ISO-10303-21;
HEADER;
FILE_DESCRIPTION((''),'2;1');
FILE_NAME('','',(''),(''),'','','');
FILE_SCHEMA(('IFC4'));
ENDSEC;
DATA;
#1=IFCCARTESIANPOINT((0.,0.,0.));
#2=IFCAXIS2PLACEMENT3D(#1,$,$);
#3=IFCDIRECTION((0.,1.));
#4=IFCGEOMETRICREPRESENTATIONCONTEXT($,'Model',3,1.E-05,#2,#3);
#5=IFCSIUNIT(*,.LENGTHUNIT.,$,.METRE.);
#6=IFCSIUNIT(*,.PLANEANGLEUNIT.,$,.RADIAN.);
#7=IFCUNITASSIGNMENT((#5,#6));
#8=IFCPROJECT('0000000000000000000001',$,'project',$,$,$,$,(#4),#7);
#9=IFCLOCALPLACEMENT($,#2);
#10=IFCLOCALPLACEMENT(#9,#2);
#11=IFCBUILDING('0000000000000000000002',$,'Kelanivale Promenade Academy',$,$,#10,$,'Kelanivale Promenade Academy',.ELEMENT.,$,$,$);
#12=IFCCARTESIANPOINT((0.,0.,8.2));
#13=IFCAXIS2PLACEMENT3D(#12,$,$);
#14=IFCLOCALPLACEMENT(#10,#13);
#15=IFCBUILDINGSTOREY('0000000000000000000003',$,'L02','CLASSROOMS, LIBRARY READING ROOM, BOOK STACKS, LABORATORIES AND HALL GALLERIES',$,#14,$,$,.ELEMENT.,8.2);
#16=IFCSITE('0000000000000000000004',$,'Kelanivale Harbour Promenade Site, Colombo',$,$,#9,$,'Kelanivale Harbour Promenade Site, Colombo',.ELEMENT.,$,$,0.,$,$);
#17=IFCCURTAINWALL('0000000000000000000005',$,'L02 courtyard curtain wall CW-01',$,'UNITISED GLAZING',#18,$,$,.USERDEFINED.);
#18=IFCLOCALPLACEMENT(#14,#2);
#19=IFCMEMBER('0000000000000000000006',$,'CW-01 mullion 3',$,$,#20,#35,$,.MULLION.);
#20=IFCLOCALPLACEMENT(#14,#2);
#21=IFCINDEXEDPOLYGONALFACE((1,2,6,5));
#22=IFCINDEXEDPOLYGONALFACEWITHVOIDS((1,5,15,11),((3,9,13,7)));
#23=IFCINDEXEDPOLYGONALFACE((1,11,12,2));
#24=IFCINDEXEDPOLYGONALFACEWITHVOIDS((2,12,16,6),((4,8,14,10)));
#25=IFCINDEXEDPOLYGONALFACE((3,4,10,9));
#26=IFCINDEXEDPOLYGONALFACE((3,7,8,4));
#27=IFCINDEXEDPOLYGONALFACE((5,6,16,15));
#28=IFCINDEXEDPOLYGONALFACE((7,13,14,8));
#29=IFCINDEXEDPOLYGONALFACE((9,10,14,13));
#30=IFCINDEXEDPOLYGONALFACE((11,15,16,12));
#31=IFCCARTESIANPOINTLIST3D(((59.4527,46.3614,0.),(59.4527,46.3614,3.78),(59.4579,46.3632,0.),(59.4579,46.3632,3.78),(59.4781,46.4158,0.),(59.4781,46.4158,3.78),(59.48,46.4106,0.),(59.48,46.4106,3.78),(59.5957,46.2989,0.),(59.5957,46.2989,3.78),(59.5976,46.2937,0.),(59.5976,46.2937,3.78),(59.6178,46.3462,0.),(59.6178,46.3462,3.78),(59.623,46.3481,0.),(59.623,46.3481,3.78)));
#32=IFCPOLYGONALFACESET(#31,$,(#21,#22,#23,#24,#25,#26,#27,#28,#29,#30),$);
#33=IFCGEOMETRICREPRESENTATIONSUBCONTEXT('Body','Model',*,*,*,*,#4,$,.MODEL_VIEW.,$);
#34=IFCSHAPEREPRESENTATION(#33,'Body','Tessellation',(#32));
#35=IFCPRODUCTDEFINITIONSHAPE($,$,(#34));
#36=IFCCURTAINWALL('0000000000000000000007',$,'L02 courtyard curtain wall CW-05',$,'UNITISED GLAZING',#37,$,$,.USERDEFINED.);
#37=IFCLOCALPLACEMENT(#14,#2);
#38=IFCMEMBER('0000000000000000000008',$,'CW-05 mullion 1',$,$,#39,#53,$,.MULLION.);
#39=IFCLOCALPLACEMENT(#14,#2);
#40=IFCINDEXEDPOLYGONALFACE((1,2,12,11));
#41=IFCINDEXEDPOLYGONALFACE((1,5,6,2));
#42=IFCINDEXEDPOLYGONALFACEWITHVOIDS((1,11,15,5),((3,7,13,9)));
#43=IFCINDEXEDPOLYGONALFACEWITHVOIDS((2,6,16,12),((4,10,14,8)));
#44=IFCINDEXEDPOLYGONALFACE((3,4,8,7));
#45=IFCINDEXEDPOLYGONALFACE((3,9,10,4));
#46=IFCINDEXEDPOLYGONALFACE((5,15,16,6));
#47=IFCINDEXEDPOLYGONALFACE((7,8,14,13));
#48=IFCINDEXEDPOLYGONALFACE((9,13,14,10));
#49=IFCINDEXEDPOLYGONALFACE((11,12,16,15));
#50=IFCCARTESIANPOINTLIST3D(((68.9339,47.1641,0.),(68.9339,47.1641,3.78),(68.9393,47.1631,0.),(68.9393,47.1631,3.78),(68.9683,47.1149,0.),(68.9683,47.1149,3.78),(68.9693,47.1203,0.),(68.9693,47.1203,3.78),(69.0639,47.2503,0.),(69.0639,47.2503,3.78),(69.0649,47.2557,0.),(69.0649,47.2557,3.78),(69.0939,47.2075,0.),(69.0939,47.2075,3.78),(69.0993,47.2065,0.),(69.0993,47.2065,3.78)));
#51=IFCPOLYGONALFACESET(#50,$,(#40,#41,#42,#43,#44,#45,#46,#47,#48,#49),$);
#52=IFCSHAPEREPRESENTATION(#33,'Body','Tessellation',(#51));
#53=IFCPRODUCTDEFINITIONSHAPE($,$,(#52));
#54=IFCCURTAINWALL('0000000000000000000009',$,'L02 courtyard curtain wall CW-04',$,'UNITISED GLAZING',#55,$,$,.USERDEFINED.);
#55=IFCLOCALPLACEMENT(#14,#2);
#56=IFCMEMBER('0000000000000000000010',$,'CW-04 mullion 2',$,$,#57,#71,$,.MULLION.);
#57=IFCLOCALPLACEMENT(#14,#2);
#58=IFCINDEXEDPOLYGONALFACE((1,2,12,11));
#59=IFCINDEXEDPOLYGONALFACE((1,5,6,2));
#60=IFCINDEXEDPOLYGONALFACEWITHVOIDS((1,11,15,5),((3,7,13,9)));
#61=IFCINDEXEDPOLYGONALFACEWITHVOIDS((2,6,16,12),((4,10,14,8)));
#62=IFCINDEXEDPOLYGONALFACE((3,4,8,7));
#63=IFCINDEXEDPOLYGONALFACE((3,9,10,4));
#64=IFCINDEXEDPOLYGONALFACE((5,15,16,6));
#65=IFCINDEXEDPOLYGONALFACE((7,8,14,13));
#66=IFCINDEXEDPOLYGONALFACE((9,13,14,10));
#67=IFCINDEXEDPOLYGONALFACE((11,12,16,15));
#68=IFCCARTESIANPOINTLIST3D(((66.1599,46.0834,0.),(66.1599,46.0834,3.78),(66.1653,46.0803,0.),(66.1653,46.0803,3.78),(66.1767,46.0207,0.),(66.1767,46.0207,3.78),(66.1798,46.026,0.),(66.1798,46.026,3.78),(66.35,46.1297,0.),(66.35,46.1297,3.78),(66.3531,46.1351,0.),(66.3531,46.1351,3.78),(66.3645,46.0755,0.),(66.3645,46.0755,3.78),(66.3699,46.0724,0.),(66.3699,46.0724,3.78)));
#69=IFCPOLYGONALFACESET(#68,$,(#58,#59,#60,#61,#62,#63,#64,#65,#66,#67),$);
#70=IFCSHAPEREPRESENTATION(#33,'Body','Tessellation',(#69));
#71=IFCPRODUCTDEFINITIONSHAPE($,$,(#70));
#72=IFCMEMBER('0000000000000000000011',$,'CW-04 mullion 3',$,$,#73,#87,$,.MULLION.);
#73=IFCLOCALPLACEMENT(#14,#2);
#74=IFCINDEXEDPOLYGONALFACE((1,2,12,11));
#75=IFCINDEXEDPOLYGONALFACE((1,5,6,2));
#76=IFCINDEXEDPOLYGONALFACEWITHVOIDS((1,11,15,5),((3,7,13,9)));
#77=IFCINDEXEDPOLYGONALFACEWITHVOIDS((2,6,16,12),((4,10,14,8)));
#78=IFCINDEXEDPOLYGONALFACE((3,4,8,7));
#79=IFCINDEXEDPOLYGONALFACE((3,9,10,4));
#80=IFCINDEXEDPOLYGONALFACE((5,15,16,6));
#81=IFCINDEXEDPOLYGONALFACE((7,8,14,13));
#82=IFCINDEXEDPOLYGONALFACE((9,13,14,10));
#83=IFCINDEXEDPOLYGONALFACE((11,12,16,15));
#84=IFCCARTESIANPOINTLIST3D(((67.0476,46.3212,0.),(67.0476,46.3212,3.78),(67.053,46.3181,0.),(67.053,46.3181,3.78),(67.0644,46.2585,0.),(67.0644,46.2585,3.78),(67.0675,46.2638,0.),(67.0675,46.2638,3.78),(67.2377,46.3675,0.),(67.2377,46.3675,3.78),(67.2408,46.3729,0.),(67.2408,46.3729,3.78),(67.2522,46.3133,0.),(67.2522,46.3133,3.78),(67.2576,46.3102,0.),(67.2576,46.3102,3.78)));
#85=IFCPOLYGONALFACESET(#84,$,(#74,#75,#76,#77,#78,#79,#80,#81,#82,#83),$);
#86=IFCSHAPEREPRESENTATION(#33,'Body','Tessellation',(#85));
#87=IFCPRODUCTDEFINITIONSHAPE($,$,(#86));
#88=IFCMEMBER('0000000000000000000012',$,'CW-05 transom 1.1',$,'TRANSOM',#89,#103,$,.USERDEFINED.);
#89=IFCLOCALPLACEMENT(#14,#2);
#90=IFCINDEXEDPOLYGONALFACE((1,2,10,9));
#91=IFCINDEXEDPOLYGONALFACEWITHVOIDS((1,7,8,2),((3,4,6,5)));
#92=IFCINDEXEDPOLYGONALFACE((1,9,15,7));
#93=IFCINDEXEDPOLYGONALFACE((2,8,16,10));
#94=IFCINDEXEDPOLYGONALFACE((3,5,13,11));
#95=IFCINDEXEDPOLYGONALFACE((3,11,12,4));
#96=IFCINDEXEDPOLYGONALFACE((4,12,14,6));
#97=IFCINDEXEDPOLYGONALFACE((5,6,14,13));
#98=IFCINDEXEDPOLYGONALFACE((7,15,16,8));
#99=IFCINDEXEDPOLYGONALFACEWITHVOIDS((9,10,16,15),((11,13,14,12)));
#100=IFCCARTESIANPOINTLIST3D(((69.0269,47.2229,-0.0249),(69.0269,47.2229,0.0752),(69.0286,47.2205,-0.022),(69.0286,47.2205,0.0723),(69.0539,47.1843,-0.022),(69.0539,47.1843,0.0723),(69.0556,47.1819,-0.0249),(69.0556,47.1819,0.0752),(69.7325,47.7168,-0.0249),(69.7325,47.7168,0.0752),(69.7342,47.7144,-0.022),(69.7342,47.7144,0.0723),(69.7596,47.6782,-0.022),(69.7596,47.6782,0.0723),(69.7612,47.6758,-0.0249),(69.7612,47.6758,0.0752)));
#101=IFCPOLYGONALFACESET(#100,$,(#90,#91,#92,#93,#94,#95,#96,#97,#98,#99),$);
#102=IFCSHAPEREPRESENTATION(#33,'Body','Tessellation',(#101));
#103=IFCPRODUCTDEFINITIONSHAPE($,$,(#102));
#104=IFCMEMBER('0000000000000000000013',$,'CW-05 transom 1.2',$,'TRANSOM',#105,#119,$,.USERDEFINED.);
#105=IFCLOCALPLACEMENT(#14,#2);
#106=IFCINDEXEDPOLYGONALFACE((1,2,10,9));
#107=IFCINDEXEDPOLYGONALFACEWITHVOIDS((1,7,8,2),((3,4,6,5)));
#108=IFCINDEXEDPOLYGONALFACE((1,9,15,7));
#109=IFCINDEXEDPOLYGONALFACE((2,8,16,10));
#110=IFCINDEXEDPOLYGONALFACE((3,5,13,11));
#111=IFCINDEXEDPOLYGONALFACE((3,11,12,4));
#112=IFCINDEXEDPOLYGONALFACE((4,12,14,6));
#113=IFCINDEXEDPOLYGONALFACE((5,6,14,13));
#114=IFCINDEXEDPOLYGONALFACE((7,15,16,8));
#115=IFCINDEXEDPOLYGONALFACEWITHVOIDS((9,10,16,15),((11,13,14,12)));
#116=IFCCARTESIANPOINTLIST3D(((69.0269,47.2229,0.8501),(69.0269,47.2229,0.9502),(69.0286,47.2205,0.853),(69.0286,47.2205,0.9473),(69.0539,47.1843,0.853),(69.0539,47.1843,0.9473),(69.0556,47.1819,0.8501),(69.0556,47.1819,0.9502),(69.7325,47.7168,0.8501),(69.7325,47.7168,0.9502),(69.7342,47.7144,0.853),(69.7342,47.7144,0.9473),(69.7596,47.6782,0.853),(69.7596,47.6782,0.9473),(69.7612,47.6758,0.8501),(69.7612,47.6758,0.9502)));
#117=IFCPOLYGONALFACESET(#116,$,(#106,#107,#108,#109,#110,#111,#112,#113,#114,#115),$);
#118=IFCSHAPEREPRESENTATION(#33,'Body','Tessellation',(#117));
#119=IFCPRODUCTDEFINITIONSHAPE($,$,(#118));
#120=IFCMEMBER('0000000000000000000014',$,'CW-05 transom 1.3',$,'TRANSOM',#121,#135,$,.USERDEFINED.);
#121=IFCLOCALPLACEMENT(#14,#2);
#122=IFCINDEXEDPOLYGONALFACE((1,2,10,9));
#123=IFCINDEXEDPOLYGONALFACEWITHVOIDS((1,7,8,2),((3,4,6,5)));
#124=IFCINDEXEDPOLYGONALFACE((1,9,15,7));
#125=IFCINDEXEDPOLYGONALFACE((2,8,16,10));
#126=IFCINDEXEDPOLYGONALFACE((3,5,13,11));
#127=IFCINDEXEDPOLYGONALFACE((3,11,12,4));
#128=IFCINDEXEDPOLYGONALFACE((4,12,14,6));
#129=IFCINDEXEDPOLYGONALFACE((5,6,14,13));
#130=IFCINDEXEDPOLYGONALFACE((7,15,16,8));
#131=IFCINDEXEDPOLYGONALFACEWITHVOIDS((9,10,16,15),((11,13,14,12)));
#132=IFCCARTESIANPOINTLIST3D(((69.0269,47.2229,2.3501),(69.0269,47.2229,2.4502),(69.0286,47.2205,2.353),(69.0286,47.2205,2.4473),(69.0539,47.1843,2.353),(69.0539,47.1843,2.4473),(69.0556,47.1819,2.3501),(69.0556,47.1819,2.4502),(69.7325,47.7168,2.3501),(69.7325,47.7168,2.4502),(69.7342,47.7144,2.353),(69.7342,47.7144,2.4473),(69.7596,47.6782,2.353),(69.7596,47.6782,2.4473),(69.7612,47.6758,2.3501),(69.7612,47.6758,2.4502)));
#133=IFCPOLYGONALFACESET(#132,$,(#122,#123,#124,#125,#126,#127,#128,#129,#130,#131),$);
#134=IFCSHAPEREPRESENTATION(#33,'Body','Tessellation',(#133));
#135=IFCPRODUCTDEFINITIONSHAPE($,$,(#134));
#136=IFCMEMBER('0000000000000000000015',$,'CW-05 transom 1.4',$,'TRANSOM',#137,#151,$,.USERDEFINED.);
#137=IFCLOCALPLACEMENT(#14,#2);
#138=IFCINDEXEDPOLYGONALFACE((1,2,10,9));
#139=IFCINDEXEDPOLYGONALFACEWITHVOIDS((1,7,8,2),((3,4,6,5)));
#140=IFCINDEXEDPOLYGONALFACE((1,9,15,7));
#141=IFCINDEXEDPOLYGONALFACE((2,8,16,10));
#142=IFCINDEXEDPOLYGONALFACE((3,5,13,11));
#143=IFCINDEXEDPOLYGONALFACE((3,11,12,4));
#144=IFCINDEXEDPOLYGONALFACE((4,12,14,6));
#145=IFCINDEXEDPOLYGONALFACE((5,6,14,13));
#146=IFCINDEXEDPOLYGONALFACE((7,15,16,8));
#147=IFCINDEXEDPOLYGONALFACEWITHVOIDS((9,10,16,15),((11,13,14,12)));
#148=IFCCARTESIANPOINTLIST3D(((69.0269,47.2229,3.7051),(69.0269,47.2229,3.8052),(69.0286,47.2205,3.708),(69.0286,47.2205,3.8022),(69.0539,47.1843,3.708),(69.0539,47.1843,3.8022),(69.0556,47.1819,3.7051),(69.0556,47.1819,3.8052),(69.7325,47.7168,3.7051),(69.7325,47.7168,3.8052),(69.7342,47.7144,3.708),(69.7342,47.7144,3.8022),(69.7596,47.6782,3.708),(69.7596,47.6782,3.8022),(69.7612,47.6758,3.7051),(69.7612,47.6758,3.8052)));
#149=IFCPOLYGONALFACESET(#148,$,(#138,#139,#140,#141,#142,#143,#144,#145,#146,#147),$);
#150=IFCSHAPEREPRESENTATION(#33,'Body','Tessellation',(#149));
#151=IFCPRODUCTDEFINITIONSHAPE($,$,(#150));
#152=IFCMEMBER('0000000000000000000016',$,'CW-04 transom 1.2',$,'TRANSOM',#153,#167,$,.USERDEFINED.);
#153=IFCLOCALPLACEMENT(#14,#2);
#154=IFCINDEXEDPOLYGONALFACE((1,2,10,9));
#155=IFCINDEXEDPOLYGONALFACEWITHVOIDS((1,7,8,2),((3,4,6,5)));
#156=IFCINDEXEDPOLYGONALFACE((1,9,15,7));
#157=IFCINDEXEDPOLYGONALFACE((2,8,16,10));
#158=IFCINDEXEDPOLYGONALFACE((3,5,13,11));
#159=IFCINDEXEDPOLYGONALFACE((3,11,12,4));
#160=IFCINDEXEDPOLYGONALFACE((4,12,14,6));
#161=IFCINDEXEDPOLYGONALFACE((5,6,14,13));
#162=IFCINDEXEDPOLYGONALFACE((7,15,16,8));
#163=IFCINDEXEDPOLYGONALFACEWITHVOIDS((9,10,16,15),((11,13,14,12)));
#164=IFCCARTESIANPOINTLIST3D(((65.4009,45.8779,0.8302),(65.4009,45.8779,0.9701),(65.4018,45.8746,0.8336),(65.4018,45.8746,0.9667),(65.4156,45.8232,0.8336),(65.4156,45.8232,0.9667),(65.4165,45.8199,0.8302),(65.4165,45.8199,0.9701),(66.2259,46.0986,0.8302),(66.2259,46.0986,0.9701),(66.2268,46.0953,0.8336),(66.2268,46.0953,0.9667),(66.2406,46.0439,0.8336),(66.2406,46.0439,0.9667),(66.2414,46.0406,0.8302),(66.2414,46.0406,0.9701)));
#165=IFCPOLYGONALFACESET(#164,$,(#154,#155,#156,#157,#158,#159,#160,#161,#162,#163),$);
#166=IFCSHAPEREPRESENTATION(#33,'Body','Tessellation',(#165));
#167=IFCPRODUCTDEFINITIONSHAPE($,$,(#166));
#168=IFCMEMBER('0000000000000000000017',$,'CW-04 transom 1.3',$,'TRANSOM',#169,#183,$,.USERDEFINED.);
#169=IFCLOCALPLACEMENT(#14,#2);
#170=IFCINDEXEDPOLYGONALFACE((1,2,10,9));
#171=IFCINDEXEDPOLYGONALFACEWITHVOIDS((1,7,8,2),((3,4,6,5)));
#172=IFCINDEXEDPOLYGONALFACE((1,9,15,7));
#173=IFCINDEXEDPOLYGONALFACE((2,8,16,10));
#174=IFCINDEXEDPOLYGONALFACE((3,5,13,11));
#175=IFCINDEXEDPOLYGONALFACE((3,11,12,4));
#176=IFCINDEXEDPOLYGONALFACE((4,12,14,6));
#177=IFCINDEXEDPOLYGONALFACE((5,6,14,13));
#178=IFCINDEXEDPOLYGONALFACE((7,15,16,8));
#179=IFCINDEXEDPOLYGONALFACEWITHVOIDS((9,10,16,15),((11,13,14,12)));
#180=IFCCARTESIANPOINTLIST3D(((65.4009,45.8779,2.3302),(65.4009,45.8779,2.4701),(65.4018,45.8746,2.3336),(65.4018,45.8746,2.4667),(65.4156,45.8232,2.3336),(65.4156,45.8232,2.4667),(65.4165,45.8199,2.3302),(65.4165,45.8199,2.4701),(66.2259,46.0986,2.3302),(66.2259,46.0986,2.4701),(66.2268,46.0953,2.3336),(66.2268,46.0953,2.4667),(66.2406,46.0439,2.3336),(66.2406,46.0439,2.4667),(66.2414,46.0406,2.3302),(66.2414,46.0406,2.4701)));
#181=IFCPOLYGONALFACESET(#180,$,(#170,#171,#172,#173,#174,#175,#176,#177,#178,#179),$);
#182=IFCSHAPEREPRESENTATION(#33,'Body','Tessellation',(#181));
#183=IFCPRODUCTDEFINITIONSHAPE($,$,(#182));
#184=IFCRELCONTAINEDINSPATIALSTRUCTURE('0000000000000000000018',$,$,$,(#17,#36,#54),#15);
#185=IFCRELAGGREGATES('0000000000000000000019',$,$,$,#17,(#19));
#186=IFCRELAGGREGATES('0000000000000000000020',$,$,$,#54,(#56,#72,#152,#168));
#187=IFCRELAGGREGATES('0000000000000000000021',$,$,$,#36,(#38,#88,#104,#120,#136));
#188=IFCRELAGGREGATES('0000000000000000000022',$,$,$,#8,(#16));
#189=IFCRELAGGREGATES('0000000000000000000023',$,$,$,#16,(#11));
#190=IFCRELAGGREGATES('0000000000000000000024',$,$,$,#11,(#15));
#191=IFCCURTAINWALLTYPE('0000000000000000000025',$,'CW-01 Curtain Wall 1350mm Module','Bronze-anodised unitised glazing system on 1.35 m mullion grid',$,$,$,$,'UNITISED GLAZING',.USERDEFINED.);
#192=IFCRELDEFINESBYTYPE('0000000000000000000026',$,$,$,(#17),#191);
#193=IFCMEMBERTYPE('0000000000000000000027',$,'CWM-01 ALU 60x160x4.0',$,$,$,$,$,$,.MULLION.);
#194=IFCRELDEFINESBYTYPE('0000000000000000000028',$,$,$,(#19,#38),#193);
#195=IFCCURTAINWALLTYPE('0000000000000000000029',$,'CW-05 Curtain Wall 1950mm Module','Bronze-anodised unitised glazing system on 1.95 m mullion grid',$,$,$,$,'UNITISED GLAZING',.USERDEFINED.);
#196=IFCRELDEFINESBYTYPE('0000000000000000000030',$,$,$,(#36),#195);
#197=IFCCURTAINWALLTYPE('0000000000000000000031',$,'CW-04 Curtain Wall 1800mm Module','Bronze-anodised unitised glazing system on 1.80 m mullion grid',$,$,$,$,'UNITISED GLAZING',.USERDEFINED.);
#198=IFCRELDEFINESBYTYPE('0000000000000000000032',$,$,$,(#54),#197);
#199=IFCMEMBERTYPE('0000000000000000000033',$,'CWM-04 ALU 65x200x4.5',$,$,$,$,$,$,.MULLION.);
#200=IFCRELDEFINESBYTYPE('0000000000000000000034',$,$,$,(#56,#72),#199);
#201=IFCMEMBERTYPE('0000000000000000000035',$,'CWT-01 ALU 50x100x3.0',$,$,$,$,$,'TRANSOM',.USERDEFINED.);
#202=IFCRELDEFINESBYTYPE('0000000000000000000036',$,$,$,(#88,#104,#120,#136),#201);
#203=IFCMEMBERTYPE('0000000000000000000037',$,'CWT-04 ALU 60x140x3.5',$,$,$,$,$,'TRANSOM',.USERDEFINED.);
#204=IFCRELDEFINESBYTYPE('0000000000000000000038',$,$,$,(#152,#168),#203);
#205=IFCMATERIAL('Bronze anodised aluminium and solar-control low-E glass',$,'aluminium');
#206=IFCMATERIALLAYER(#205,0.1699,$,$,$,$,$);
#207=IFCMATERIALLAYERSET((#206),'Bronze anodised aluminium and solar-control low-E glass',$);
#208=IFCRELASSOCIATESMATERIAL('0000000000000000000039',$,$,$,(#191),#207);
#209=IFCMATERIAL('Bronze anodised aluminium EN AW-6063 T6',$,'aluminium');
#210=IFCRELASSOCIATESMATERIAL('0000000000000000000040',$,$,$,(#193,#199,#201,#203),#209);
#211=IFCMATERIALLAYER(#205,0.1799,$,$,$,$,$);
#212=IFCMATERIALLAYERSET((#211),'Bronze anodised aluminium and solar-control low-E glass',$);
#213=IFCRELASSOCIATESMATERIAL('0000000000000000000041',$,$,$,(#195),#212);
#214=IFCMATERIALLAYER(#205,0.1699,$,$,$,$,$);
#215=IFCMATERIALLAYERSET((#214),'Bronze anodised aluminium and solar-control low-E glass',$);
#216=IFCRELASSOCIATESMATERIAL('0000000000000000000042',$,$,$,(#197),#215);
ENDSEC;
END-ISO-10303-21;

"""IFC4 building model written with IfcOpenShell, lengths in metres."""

from ifc_helpers import new_model, si_unit, direction, frame, origin, origin_2d, place, context, subcontext, project, spatial, hollow_rectangle, extrude, material, layer, layer_set, material_profile, profile_set, type_object, element, aggregate, save


model = new_model("IFC4")

# Units and contexts
model_context = context("Model", 3, precision=1e-05, world=origin(), true_north=direction((0.0, 1.0)))
body_context = subcontext(model_context, "Body", "Model", "MODEL_VIEW")
ifc_project = project(units=[si_unit("LENGTHUNIT", "METRE"), si_unit("PLANEANGLEUNIT", "RADIAN")], contexts=[model_context])

# Site, building, storey
site_placement = place(None, origin())
site = spatial("IfcSite", under=ifc_project, at=site_placement, Name="Kelanivale Harbour Promenade Site, Colombo", LongName="Kelanivale Harbour Promenade Site, Colombo", CompositionType="ELEMENT", RefElevation=0.0)
building_placement = place(site_placement, origin())
building = spatial("IfcBuilding", under=site, at=building_placement, Name="Kelanivale Promenade Academy", LongName="Kelanivale Promenade Academy", CompositionType="ELEMENT")
storey_placement = place(building_placement, frame((0.0, 0.0, 8.2)))
storey = spatial("IfcBuildingStorey", under=building, at=storey_placement, Name="L02", Description="CLASSROOMS, LIBRARY READING ROOM, BOOK STACKS, LABORATORIES AND HALL GALLERIES", CompositionType="ELEMENT", Elevation=8.2)

# Curtain walls, members
ifc_material_1 = material(Name="Bronze anodised aluminium and solar-control low-E glass", Category="aluminium")
ifc_layer_1 = layer(ifc_material_1, 0.1699)
ifc_layer_set_1 = layer_set([ifc_layer_1], Name="Bronze anodised aluminium and solar-control low-E glass")
curtain_wall_type_1 = type_object("IfcCurtainWallType", Name="CW-01 Curtain Wall 1350mm Module", Description="Bronze-anodised unitised glazing system on 1.35 m mullion grid", ElementType="UNITISED GLAZING", PredefinedType="USERDEFINED", material=ifc_layer_set_1)
curtain_wall_1_placement = place(storey_placement, origin())
curtain_wall_1 = element("IfcCurtainWall", 1, at=curtain_wall_1_placement, inside=storey, type_object=curtain_wall_type_1, Name="L02 courtyard curtain wall CW-01", ObjectType="UNITISED GLAZING", PredefinedType="USERDEFINED")
ifc_material_2 = material(Name="Bronze anodised aluminium EN AW-6063 T6", Category="aluminium")
ifc_material_profile_1 = material_profile(ifc_material_2, hollow_rectangle(XDim=0.0601, YDim=0.1599, WallThickness=0.0039, at=origin_2d()), Name="ALU 60x160x4.0")
ifc_profile_set_1 = profile_set([ifc_material_profile_1], Name="Bronze anodised aluminium EN AW-6063 T6")
member_type_1 = type_object("IfcMemberType", Name="CWM-01 ALU 60x160x4.0", PredefinedType="MULLION", material=ifc_profile_set_1)
member_1_placement = place(storey_placement, frame((59.5378, 46.3547, 0.0), z_axis=(0.0, 0.0, 1.0), x_axis=(0.423087, 0.906089, 0.0)))
member_1 = element("IfcMember", 2, at=member_1_placement, type_object=member_type_1, Name="CW-01 mullion 3", PredefinedType="MULLION", context=body_context, shape_type="SweptSolid", body=[
    extrude(hollow_rectangle(XDim=0.0601, YDim=0.1599, WallThickness=0.0039, at=origin_2d()), origin(), (0.0, 0.0, 1.0), 3.78),
])
ifc_layer_2 = layer(ifc_material_1, 0.1799)
ifc_layer_set_2 = layer_set([ifc_layer_2], Name="Bronze anodised aluminium and solar-control low-E glass")
curtain_wall_type_2 = type_object("IfcCurtainWallType", Name="CW-05 Curtain Wall 1950mm Module", Description="Bronze-anodised unitised glazing system on 1.95 m mullion grid", ElementType="UNITISED GLAZING", PredefinedType="USERDEFINED", material=ifc_layer_set_2)
curtain_wall_2_placement = place(storey_placement, origin())
curtain_wall_2 = element("IfcCurtainWall", 3, at=curtain_wall_2_placement, inside=storey, type_object=curtain_wall_type_2, Name="L02 courtyard curtain wall CW-05", ObjectType="UNITISED GLAZING", PredefinedType="USERDEFINED")
member_2_placement = place(storey_placement, frame((69.0166, 47.1853, 0.0), z_axis=(0.0, 0.0, 1.0), x_axis=(-0.573357, 0.819306, 0.0)))
member_2 = element("IfcMember", 4, at=member_2_placement, type_object=member_type_1, Name="CW-05 mullion 1", PredefinedType="MULLION", context=body_context, shape_type="SweptSolid", body=[
    extrude(hollow_rectangle(XDim=0.0601, YDim=0.1599, WallThickness=0.0039, at=origin_2d()), origin(), (0.0, 0.0, 1.0), 3.78),
])

# Curtain wall, members
ifc_layer_3 = layer(ifc_material_1, 0.1699)
ifc_layer_set_3 = layer_set([ifc_layer_3], Name="Bronze anodised aluminium and solar-control low-E glass")
curtain_wall_type_3 = type_object("IfcCurtainWallType", Name="CW-04 Curtain Wall 1800mm Module", Description="Bronze-anodised unitised glazing system on 1.80 m mullion grid", ElementType="UNITISED GLAZING", PredefinedType="USERDEFINED", material=ifc_layer_set_3)
curtain_wall_3_placement = place(storey_placement, origin())
curtain_wall_3 = element("IfcCurtainWall", 5, at=curtain_wall_3_placement, inside=storey, type_object=curtain_wall_type_3, Name="L02 courtyard curtain wall CW-04", ObjectType="UNITISED GLAZING", PredefinedType="USERDEFINED")
ifc_material_profile_2 = material_profile(ifc_material_2, hollow_rectangle(XDim=0.0649, YDim=0.2, WallThickness=0.0044, at=origin_2d()), Name="ALU 65x200x4.5")
ifc_profile_set_2 = profile_set([ifc_material_profile_2], Name="Bronze anodised aluminium EN AW-6063 T6")
member_type_2 = type_object("IfcMemberType", Name="CWM-04 ALU 65x200x4.5", PredefinedType="MULLION", material=ifc_profile_set_2)
member_3_placement = place(storey_placement, frame((66.2649, 46.0779, 0.0), z_axis=(0.0, 0.0, 1.0), x_axis=(-0.258578, 0.96599, 0.0)))
member_3 = element("IfcMember", 6, at=member_3_placement, type_object=member_type_2, Name="CW-04 mullion 2", PredefinedType="MULLION", context=body_context, shape_type="SweptSolid", body=[
    extrude(hollow_rectangle(XDim=0.0649, YDim=0.2, WallThickness=0.0044, at=origin_2d()), origin(), (0.0, 0.0, 1.0), 3.78),
])
member_4_placement = place(storey_placement, frame((67.1526, 46.3157, 0.0), z_axis=(0.0, 0.0, 1.0), x_axis=(-0.258578, 0.96599, 0.0)))
member_4 = element("IfcMember", 7, at=member_4_placement, type_object=member_type_2, Name="CW-04 mullion 3", PredefinedType="MULLION", context=body_context, shape_type="SweptSolid", body=[
    extrude(hollow_rectangle(XDim=0.0649, YDim=0.2, WallThickness=0.0044, at=origin_2d()), origin(), (0.0, 0.0, 1.0), 3.78),
])

# Members
ifc_material_profile_3 = material_profile(ifc_material_2, hollow_rectangle(XDim=0.05, YDim=0.1001, WallThickness=0.0029, at=origin_2d()), Name="ALU 50x100x3.0")
ifc_profile_set_3 = profile_set([ifc_material_profile_3], Name="Bronze anodised aluminium EN AW-6063 T6")
member_type_3 = type_object("IfcMemberType", Name="CWT-01 ALU 50x100x3.0", ElementType="TRANSOM", PredefinedType="USERDEFINED", material=ifc_profile_set_3)
member_5_placement = place(storey_placement, frame((69.0413, 47.2024, 0.0251), z_axis=(0.819232, 0.573462, 0.0), x_axis=(-0.573462, 0.819232, 0.0)))
member_5 = element("IfcMember", 8, at=member_5_placement, type_object=member_type_3, Name="CW-05 transom 1.1", ObjectType="TRANSOM", PredefinedType="USERDEFINED", context=body_context, shape_type="SweptSolid", body=[
    extrude(hollow_rectangle(XDim=0.05, YDim=0.1001, WallThickness=0.0029, at=origin_2d()), origin(), (0.0, 0.0, 1.0), 0.8613),
])
member_6_placement = place(storey_placement, frame((69.0413, 47.2024, 0.9001), z_axis=(0.819232, 0.573462, 0.0), x_axis=(-0.573462, 0.819232, 0.0)))
member_6 = element("IfcMember", 9, at=member_6_placement, type_object=member_type_3, Name="CW-05 transom 1.2", ObjectType="TRANSOM", PredefinedType="USERDEFINED", context=body_context, shape_type="SweptSolid", body=[
    extrude(hollow_rectangle(XDim=0.05, YDim=0.1001, WallThickness=0.0029, at=origin_2d()), origin(), (0.0, 0.0, 1.0), 0.8613),
])
member_7_placement = place(storey_placement, frame((69.0413, 47.2024, 2.4001), z_axis=(0.819232, 0.573462, 0.0), x_axis=(-0.573462, 0.819232, 0.0)))
member_7 = element("IfcMember", 10, at=member_7_placement, type_object=member_type_3, Name="CW-05 transom 1.3", ObjectType="TRANSOM", PredefinedType="USERDEFINED", context=body_context, shape_type="SweptSolid", body=[
    extrude(hollow_rectangle(XDim=0.05, YDim=0.1001, WallThickness=0.0029, at=origin_2d()), origin(), (0.0, 0.0, 1.0), 0.8613),
])
member_8_placement = place(storey_placement, frame((69.0413, 47.2024, 3.7551), z_axis=(0.819232, 0.573462, 0.0), x_axis=(-0.573462, 0.819232, 0.0)))
member_8 = element("IfcMember", 11, at=member_8_placement, type_object=member_type_3, Name="CW-05 transom 1.4", ObjectType="TRANSOM", PredefinedType="USERDEFINED", context=body_context, shape_type="SweptSolid", body=[
    extrude(hollow_rectangle(XDim=0.05, YDim=0.1001, WallThickness=0.0029, at=origin_2d()), origin(), (0.0, 0.0, 1.0), 0.8613),
])
ifc_material_profile_4 = material_profile(ifc_material_2, hollow_rectangle(XDim=0.0601, YDim=0.1399, WallThickness=0.0034, at=origin_2d()), Name="ALU 60x140x3.5")
ifc_profile_set_4 = profile_set([ifc_material_profile_4], Name="Bronze anodised aluminium EN AW-6063 T6")
member_type_4 = type_object("IfcMemberType", Name="CWT-04 ALU 60x140x3.5", ElementType="TRANSOM", PredefinedType="USERDEFINED", material=ifc_profile_set_4)
member_9_placement = place(storey_placement, frame((65.4087, 45.8489, 0.9001), z_axis=(0.966026, 0.258446, 0.0), x_axis=(-0.258446, 0.966026, 0.0)))
member_9 = element("IfcMember", 12, at=member_9_placement, type_object=member_type_4, Name="CW-04 transom 1.2", ObjectType="TRANSOM", PredefinedType="USERDEFINED", context=body_context, shape_type="SweptSolid", body=[
    extrude(hollow_rectangle(XDim=0.0601, YDim=0.1399, WallThickness=0.0034, at=origin_2d()), origin(), (0.0, 0.0, 1.0), 0.854),
])
member_10_placement = place(storey_placement, frame((65.4087, 45.8489, 2.4001), z_axis=(0.966026, 0.258446, 0.0), x_axis=(-0.258446, 0.966026, 0.0)))
member_10 = element("IfcMember", 13, at=member_10_placement, type_object=member_type_4, Name="CW-04 transom 1.3", ObjectType="TRANSOM", PredefinedType="USERDEFINED", context=body_context, shape_type="SweptSolid", body=[
    extrude(hollow_rectangle(XDim=0.0601, YDim=0.1399, WallThickness=0.0034, at=origin_2d()), origin(), (0.0, 0.0, 1.0), 0.854),
])

aggregate(curtain_wall_1, [member_1])
aggregate(curtain_wall_3, [member_3, member_4, member_9, member_10])
aggregate(curtain_wall_2, [member_2, member_5, member_6, member_7, member_8])

save(model, "model.ifc")
